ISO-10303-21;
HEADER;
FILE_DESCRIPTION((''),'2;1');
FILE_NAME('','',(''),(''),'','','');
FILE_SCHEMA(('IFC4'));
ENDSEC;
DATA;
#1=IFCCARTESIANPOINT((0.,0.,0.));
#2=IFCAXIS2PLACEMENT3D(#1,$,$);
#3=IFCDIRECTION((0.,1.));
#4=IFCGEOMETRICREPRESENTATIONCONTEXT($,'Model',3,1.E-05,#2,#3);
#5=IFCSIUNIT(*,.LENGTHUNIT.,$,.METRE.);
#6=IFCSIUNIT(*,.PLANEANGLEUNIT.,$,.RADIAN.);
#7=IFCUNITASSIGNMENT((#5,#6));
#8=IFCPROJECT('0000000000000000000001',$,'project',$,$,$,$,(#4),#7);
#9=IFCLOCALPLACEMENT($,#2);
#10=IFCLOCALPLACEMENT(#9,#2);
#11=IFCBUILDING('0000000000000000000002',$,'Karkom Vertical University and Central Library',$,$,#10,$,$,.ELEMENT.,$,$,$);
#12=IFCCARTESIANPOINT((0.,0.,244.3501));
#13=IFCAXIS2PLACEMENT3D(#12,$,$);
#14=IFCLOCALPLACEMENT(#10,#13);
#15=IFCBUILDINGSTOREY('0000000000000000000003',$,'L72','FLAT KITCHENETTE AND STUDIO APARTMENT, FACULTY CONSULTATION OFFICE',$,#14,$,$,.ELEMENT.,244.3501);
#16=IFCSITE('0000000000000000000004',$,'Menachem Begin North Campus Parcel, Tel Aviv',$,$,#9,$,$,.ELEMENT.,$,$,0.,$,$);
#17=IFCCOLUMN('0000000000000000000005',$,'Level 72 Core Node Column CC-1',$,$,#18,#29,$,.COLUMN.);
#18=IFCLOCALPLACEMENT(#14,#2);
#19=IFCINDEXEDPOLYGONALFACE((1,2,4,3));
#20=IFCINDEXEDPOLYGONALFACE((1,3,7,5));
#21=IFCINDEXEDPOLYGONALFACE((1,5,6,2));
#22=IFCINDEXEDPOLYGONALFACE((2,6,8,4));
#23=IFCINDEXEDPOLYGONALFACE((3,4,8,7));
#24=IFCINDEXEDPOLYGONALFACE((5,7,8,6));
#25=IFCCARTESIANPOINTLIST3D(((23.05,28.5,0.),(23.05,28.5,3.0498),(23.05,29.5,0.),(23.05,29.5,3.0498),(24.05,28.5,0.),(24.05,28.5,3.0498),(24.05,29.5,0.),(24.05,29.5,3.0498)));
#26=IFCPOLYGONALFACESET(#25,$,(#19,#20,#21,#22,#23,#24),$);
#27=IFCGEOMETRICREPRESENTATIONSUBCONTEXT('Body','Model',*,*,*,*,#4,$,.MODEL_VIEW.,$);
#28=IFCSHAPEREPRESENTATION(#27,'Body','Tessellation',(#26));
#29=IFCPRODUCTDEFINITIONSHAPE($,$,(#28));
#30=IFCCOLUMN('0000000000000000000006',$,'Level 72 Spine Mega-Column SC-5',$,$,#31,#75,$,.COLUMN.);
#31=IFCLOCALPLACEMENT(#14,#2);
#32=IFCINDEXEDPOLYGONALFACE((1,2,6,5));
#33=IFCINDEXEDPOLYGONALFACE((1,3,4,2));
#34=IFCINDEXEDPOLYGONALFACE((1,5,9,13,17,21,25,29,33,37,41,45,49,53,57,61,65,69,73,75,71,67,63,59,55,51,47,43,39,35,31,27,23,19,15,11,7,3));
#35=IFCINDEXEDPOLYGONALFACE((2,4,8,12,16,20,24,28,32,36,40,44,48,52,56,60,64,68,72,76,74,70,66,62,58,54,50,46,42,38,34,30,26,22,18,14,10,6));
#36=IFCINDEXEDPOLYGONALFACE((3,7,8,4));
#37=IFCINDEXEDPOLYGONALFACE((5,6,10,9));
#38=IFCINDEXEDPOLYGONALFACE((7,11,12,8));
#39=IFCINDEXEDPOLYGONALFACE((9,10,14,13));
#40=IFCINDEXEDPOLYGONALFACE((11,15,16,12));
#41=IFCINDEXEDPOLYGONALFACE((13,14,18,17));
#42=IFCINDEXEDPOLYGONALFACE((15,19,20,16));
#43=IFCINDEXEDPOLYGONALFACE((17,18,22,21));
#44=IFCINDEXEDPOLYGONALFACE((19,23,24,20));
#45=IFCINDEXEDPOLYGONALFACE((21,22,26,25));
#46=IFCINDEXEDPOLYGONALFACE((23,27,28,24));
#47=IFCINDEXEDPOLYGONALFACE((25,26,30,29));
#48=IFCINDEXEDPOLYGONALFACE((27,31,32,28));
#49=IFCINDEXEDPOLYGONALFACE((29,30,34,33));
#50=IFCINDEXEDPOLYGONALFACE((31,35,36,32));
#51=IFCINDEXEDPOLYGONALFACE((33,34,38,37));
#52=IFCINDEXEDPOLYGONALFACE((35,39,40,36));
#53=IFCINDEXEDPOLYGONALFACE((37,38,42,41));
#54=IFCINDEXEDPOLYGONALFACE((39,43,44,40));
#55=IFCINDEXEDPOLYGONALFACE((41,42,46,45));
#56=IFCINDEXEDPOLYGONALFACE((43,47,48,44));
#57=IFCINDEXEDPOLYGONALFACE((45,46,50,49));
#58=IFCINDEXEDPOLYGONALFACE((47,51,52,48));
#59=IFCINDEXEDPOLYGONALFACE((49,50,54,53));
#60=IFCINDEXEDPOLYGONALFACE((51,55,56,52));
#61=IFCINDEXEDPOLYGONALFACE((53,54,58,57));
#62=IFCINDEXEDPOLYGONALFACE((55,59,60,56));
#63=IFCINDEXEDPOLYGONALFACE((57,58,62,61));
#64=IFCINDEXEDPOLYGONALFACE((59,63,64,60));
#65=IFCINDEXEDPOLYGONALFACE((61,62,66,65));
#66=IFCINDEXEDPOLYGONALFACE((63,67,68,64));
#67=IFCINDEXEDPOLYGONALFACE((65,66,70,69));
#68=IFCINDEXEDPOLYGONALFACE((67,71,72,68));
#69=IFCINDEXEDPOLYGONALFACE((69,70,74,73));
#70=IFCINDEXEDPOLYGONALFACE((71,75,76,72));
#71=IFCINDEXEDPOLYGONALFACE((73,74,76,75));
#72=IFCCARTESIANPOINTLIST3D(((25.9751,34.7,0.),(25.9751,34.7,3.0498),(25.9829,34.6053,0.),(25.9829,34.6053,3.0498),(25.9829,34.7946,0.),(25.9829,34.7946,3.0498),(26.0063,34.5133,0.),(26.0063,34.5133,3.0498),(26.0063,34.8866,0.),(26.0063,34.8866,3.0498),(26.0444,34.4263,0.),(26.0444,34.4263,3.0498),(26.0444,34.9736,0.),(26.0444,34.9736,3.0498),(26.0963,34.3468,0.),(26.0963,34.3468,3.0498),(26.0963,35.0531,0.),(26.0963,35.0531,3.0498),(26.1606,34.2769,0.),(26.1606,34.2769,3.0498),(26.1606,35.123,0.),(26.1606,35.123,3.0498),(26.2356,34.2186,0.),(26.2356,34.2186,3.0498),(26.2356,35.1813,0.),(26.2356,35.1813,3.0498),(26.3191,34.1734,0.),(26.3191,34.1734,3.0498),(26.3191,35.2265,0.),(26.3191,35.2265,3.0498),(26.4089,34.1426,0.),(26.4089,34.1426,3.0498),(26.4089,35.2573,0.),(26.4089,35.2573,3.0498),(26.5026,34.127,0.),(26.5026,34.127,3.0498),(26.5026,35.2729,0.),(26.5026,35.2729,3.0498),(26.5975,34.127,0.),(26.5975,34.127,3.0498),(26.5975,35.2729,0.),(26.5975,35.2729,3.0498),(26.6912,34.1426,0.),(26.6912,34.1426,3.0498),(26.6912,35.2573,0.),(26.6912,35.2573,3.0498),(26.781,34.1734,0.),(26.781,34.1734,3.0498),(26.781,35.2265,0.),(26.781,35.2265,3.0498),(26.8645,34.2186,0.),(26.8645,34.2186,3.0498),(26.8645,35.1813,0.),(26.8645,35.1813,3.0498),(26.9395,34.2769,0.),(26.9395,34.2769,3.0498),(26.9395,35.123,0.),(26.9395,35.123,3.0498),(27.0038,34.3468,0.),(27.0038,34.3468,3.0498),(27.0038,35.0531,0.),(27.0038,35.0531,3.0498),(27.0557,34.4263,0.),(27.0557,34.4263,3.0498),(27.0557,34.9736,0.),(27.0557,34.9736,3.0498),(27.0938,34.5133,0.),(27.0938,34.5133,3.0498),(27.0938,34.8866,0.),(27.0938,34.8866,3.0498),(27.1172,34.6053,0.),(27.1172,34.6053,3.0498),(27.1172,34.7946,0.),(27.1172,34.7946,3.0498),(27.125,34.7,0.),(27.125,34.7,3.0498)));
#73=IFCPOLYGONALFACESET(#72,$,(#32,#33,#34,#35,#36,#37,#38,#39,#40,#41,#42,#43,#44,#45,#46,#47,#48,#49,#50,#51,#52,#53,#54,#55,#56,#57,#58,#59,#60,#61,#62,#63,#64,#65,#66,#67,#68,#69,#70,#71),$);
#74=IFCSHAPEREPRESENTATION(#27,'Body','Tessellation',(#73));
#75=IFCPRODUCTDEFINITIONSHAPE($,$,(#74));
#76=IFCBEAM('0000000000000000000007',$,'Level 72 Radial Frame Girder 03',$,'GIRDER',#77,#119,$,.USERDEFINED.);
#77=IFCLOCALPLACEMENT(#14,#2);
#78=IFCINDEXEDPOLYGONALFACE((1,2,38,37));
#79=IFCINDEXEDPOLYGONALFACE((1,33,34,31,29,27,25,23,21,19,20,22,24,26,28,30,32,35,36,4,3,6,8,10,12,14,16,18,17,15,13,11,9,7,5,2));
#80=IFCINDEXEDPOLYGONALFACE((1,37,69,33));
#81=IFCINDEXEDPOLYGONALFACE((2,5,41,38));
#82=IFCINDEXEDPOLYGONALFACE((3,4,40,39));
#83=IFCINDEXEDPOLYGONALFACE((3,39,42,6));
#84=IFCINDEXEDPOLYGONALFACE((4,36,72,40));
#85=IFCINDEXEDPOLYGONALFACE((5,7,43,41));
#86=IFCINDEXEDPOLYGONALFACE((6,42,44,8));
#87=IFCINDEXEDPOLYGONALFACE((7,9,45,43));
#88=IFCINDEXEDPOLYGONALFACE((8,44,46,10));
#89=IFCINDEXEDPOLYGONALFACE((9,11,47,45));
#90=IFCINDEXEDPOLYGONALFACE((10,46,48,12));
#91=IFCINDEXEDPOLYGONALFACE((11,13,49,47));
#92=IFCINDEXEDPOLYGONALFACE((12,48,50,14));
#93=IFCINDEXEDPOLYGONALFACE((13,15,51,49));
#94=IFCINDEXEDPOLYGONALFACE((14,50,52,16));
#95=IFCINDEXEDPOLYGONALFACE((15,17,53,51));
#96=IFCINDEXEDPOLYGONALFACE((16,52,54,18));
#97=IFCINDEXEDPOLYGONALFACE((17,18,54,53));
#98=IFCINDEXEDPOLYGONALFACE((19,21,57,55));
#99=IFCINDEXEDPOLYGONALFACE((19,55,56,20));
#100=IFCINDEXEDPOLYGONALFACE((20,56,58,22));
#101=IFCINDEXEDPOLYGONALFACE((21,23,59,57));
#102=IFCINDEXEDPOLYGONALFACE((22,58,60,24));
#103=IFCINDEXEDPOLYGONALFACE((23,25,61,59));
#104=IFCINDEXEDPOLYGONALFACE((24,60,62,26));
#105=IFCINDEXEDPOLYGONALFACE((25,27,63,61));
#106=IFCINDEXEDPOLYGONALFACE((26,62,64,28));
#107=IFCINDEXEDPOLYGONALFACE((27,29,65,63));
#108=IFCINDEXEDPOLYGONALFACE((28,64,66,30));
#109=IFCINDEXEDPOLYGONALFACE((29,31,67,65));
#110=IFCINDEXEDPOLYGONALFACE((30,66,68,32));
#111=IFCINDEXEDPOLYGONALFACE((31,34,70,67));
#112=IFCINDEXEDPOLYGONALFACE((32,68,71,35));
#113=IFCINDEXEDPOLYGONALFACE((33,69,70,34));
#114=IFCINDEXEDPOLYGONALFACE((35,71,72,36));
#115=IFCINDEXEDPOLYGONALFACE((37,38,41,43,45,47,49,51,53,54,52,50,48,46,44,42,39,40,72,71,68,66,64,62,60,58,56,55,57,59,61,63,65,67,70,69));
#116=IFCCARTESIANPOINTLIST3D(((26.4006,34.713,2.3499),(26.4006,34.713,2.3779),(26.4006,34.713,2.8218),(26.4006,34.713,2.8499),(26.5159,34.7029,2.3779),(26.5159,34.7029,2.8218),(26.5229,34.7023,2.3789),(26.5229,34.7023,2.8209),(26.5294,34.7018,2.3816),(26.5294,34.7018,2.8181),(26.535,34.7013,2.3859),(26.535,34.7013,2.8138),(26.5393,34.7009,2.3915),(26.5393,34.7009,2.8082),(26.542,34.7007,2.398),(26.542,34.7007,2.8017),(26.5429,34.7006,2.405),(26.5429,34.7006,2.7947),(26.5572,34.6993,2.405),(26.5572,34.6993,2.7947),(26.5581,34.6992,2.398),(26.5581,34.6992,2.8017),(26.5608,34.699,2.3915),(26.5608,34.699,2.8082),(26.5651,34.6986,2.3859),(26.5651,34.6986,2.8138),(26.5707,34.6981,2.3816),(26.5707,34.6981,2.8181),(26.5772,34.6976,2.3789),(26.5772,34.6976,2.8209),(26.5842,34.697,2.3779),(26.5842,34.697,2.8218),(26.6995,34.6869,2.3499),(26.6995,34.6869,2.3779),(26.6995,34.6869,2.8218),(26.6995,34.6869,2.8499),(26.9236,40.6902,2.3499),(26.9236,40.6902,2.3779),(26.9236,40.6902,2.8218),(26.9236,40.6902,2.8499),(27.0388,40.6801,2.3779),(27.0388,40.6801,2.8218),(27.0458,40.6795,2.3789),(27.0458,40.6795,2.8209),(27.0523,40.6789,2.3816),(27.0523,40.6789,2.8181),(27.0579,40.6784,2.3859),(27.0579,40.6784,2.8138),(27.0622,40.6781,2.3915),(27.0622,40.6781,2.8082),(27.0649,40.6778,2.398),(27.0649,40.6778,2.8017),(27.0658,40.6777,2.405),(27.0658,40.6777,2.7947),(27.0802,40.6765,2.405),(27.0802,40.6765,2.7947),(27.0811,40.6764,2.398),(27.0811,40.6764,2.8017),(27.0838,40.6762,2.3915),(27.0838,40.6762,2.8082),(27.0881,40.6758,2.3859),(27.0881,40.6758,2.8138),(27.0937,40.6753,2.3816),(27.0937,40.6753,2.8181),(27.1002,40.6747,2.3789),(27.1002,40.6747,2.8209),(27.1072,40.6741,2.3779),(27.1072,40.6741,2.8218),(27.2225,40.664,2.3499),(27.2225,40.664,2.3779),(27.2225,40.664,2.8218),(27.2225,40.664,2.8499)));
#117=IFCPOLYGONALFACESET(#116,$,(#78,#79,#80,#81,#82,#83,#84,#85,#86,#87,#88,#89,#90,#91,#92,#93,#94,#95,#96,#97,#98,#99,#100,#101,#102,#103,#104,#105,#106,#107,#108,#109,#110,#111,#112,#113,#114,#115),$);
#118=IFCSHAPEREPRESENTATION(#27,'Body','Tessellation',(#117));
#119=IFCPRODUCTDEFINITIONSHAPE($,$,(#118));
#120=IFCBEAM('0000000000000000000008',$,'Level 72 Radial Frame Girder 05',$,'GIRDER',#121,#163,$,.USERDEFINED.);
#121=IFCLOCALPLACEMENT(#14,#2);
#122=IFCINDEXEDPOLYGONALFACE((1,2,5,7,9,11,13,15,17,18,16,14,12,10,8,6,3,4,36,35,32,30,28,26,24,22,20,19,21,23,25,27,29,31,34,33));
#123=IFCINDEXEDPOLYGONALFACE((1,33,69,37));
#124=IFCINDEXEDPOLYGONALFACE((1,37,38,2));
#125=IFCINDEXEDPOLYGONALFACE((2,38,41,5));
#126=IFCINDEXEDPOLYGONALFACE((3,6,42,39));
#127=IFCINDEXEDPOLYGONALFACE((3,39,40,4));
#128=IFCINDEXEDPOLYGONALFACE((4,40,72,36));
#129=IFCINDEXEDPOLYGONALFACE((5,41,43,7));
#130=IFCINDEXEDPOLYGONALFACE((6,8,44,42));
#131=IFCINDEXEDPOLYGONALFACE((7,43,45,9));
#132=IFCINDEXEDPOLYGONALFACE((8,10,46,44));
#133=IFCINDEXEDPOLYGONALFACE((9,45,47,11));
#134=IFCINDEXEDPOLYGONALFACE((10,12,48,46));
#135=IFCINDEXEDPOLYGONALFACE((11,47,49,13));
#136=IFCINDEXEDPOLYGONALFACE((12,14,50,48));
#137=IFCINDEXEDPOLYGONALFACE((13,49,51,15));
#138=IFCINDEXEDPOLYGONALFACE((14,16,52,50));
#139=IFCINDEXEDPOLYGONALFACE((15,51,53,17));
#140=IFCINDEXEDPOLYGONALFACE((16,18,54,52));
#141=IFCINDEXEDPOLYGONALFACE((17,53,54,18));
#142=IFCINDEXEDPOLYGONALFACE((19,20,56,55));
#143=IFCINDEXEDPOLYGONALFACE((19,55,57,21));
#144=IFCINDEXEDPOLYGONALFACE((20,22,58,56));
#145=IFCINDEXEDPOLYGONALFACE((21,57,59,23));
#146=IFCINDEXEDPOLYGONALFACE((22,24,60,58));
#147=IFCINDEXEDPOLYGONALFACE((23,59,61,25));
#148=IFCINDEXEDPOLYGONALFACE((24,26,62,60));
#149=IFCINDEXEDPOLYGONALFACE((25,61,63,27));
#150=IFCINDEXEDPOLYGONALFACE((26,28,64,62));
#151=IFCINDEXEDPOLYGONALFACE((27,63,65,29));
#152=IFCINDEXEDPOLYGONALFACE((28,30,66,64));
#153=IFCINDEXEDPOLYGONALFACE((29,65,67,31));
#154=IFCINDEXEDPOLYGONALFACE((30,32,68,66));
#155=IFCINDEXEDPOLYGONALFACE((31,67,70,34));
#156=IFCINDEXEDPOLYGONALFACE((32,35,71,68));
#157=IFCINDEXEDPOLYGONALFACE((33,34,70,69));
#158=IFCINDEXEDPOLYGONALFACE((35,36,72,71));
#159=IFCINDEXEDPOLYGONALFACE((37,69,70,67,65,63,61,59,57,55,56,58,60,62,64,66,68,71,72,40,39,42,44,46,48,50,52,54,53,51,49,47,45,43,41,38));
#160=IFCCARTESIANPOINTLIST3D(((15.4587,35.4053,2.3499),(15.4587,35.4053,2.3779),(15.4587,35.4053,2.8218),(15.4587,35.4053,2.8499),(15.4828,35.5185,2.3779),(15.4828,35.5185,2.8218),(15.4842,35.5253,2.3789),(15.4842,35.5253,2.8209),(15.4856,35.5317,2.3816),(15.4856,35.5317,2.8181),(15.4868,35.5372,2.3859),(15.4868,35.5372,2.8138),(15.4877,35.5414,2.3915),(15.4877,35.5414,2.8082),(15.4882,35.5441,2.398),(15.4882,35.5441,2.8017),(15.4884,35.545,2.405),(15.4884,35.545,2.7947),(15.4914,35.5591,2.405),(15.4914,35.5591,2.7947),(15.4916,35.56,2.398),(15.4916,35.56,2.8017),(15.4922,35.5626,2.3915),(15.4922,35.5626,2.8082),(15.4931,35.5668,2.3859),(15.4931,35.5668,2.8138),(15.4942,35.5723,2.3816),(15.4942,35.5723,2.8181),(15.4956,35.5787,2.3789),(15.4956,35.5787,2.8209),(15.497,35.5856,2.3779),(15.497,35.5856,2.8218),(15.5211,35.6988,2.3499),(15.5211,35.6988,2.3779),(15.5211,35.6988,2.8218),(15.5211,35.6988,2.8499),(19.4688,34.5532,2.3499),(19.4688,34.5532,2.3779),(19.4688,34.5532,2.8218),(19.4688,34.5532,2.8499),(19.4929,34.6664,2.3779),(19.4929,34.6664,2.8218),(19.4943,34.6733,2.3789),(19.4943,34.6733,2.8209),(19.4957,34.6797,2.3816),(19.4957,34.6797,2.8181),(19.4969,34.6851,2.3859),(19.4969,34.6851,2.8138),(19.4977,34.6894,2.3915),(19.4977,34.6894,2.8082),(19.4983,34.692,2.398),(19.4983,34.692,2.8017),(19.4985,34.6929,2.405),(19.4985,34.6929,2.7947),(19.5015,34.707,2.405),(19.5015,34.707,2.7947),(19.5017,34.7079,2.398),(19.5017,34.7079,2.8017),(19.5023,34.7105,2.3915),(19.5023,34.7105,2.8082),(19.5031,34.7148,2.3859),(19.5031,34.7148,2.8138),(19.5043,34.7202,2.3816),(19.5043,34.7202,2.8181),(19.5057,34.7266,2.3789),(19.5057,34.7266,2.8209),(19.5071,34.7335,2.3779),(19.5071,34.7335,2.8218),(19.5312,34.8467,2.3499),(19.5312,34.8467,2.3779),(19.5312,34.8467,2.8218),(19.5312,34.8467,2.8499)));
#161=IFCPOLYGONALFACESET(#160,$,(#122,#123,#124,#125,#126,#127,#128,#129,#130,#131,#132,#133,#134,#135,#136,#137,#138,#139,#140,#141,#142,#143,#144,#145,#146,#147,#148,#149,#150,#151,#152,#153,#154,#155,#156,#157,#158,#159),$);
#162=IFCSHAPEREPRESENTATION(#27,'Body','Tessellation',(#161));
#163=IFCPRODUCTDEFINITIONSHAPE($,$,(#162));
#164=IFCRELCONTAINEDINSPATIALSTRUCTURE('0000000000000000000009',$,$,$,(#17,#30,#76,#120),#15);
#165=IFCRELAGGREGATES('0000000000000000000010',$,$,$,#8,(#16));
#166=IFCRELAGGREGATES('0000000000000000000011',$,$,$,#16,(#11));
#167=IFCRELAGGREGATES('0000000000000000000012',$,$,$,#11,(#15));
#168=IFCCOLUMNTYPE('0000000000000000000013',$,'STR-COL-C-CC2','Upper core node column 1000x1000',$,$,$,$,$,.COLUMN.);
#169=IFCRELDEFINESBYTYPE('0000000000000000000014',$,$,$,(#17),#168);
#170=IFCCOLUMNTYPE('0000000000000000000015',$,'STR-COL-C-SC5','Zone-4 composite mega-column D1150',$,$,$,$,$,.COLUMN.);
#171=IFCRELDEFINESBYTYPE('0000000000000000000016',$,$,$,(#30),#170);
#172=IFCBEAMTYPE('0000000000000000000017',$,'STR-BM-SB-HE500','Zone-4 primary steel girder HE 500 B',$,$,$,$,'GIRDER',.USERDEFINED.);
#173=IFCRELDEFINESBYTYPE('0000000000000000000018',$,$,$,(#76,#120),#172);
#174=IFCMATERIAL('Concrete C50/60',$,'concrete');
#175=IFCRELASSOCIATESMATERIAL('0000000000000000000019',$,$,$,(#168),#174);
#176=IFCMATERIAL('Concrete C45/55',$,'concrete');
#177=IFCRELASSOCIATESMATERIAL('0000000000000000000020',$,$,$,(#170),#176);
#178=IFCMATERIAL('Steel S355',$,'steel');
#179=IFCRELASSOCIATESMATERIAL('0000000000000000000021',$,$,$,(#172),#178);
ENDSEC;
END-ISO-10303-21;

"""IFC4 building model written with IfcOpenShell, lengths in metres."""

from ifc_helpers import new_model, si_unit, direction, frame, origin, origin_with_axes, origin_2d, place, context, subcontext, project, spatial, rectangle, circle, i_section, extrude, source, transform, mapped, material, material_profile, profile_set, type_object, element, save


model = new_model("IFC4")

# Units and contexts
model_context = context("Model", 3, precision=1e-05, world=origin(), true_north=direction((0.0, 1.0)))
body_context = subcontext(model_context, "Body", "Model", "MODEL_VIEW")
ifc_project = project(units=[si_unit("LENGTHUNIT", "METRE"), si_unit("PLANEANGLEUNIT", "RADIAN")], contexts=[model_context])

# Site, building, storey
site_placement = place(None, origin())
site = spatial("IfcSite", under=ifc_project, at=site_placement, Name="Menachem Begin North Campus Parcel, Tel Aviv", CompositionType="ELEMENT", RefElevation=0.0)
building_placement = place(site_placement, origin())
building = spatial("IfcBuilding", under=site, at=building_placement, Name="Karkom Vertical University and Central Library", CompositionType="ELEMENT")
storey_placement = place(building_placement, frame((0.0, 0.0, 244.3501)))
storey = spatial("IfcBuildingStorey", under=building, at=storey_placement, Name="L72", Description="FLAT KITCHENETTE AND STUDIO APARTMENT, FACULTY CONSULTATION OFFICE", CompositionType="ELEMENT", Elevation=244.3501)

# Columns
ifc_material_1 = material(Name="Concrete C50/60", Category="concrete")
ifc_material_profile_1 = material_profile(ifc_material_1, rectangle(XDim=1.0, YDim=1.0, at=origin_2d()), Name="RC-1000x1000")
ifc_profile_set_1 = profile_set([ifc_material_profile_1], Name="Concrete C50/60")
column_type_1 = type_object("IfcColumnType", Name="STR-COL-C-CC2", Description="Upper core node column 1000x1000", PredefinedType="COLUMN", material=ifc_profile_set_1)
shared_shape_1 = source(origin_with_axes(), body_context, "Body", "SweptSolid", [
    extrude(rectangle(XDim=1.0, YDim=1.0, at=origin_2d()), origin(), (0.0, 0.0, 1.0), 3.0498),
])
column_1_placement = place(storey_placement, frame((23.55, 29.0, 0.0), z_axis=(0.0, 0.0, 1.0), x_axis=(1.0, 0.0, 0.0)))
element("IfcColumn", 1, at=column_1_placement, inside=storey, type_object=column_type_1, Name="Level 72 Core Node Column CC-1", PredefinedType="COLUMN", context=body_context, shape_type="MappedRepresentation", body=[
    mapped(shared_shape_1, transform((0.0, 0.0, 0.0), scale=1.0)),
])
ifc_material_2 = material(Name="Concrete C45/55", Category="concrete")
ifc_material_profile_2 = material_profile(ifc_material_2, circle(Radius=0.575, at=origin_2d()), Name="CFT-D1150")
ifc_profile_set_2 = profile_set([ifc_material_profile_2], Name="Concrete C45/55")
column_type_2 = type_object("IfcColumnType", Name="STR-COL-C-SC5", Description="Zone-4 composite mega-column D1150", PredefinedType="COLUMN", material=ifc_profile_set_2)
shared_shape_2 = source(origin_with_axes(), body_context, "Body", "SweptSolid", [
    extrude(circle(Radius=0.575, at=origin_2d()), origin(), (0.0, 0.0, 1.0), 3.0498),
])
column_2_placement = place(storey_placement, frame((26.55, 34.7, 0.0), z_axis=(0.0, 0.0, 1.0), x_axis=(1.0, 0.0, 0.0)))
element("IfcColumn", 2, at=column_2_placement, inside=storey, type_object=column_type_2, Name="Level 72 Spine Mega-Column SC-5", PredefinedType="COLUMN", context=body_context, shape_type="MappedRepresentation", body=[
    mapped(shared_shape_2, transform((0.0, 0.0, 0.0), scale=1.0)),
])

# Beams
ifc_material_3 = material(Name="Steel S355", Category="steel")
ifc_material_profile_3 = material_profile(ifc_material_3, i_section(OverallWidth=0.3, OverallDepth=0.5, WebThickness=0.0144, FlangeThickness=0.0281, FilletRadius=0.0271, at=origin_2d()), Name="HE 500 B")
ifc_profile_set_3 = profile_set([ifc_material_profile_3], Name="Steel S355")
beam_type = type_object("IfcBeamType", Name="STR-BM-SB-HE500", Description="Zone-4 primary steel girder HE 500 B", ElementType="GIRDER", PredefinedType="USERDEFINED", material=ifc_profile_set_3)
shared_shape_3 = source(origin_with_axes(), body_context, "Body", "SweptSolid", [
    extrude(i_section(OverallWidth=0.3, OverallDepth=0.5, WebThickness=0.0144, FlangeThickness=0.0281, FilletRadius=0.0271, at=origin_2d()), origin(), (0.0, 0.0, 1.0), 6.0),
])
beam_1_placement = place(storey_placement, frame((26.55, 34.7, 2.5999), z_axis=(0.08716, 0.996194, 0.0), x_axis=(-0.996194, 0.08716, 0.0)))
element("IfcBeam", 3, at=beam_1_placement, inside=storey, type_object=beam_type, Name="Level 72 Radial Frame Girder 03", ObjectType="GIRDER", PredefinedType="USERDEFINED", context=body_context, shape_type="MappedRepresentation", body=[
    mapped(shared_shape_3, transform((0.0, 0.0, 0.0), scale=1.0)),
])
shared_shape_4 = source(origin_with_axes(), body_context, "Body", "SweptSolid", [
    extrude(i_section(OverallWidth=0.3, OverallDepth=0.5, WebThickness=0.0144, FlangeThickness=0.0281, FilletRadius=0.0271, at=origin_2d()), origin(), (0.0, 0.0, 1.0), 4.0996),
])
beam_2_placement = place(storey_placement, frame((19.5, 34.7, 2.5999), z_axis=(-0.978163, 0.207841, 0.0), x_axis=(-0.207841, -0.978163, 0.0)))
element("IfcBeam", 4, at=beam_2_placement, inside=storey, type_object=beam_type, Name="Level 72 Radial Frame Girder 05", ObjectType="GIRDER", PredefinedType="USERDEFINED", context=body_context, shape_type="MappedRepresentation", body=[
    mapped(shared_shape_4, transform((0.0, 0.0, 0.0), scale=1.0)),
])

save(model, "model.ifc")
